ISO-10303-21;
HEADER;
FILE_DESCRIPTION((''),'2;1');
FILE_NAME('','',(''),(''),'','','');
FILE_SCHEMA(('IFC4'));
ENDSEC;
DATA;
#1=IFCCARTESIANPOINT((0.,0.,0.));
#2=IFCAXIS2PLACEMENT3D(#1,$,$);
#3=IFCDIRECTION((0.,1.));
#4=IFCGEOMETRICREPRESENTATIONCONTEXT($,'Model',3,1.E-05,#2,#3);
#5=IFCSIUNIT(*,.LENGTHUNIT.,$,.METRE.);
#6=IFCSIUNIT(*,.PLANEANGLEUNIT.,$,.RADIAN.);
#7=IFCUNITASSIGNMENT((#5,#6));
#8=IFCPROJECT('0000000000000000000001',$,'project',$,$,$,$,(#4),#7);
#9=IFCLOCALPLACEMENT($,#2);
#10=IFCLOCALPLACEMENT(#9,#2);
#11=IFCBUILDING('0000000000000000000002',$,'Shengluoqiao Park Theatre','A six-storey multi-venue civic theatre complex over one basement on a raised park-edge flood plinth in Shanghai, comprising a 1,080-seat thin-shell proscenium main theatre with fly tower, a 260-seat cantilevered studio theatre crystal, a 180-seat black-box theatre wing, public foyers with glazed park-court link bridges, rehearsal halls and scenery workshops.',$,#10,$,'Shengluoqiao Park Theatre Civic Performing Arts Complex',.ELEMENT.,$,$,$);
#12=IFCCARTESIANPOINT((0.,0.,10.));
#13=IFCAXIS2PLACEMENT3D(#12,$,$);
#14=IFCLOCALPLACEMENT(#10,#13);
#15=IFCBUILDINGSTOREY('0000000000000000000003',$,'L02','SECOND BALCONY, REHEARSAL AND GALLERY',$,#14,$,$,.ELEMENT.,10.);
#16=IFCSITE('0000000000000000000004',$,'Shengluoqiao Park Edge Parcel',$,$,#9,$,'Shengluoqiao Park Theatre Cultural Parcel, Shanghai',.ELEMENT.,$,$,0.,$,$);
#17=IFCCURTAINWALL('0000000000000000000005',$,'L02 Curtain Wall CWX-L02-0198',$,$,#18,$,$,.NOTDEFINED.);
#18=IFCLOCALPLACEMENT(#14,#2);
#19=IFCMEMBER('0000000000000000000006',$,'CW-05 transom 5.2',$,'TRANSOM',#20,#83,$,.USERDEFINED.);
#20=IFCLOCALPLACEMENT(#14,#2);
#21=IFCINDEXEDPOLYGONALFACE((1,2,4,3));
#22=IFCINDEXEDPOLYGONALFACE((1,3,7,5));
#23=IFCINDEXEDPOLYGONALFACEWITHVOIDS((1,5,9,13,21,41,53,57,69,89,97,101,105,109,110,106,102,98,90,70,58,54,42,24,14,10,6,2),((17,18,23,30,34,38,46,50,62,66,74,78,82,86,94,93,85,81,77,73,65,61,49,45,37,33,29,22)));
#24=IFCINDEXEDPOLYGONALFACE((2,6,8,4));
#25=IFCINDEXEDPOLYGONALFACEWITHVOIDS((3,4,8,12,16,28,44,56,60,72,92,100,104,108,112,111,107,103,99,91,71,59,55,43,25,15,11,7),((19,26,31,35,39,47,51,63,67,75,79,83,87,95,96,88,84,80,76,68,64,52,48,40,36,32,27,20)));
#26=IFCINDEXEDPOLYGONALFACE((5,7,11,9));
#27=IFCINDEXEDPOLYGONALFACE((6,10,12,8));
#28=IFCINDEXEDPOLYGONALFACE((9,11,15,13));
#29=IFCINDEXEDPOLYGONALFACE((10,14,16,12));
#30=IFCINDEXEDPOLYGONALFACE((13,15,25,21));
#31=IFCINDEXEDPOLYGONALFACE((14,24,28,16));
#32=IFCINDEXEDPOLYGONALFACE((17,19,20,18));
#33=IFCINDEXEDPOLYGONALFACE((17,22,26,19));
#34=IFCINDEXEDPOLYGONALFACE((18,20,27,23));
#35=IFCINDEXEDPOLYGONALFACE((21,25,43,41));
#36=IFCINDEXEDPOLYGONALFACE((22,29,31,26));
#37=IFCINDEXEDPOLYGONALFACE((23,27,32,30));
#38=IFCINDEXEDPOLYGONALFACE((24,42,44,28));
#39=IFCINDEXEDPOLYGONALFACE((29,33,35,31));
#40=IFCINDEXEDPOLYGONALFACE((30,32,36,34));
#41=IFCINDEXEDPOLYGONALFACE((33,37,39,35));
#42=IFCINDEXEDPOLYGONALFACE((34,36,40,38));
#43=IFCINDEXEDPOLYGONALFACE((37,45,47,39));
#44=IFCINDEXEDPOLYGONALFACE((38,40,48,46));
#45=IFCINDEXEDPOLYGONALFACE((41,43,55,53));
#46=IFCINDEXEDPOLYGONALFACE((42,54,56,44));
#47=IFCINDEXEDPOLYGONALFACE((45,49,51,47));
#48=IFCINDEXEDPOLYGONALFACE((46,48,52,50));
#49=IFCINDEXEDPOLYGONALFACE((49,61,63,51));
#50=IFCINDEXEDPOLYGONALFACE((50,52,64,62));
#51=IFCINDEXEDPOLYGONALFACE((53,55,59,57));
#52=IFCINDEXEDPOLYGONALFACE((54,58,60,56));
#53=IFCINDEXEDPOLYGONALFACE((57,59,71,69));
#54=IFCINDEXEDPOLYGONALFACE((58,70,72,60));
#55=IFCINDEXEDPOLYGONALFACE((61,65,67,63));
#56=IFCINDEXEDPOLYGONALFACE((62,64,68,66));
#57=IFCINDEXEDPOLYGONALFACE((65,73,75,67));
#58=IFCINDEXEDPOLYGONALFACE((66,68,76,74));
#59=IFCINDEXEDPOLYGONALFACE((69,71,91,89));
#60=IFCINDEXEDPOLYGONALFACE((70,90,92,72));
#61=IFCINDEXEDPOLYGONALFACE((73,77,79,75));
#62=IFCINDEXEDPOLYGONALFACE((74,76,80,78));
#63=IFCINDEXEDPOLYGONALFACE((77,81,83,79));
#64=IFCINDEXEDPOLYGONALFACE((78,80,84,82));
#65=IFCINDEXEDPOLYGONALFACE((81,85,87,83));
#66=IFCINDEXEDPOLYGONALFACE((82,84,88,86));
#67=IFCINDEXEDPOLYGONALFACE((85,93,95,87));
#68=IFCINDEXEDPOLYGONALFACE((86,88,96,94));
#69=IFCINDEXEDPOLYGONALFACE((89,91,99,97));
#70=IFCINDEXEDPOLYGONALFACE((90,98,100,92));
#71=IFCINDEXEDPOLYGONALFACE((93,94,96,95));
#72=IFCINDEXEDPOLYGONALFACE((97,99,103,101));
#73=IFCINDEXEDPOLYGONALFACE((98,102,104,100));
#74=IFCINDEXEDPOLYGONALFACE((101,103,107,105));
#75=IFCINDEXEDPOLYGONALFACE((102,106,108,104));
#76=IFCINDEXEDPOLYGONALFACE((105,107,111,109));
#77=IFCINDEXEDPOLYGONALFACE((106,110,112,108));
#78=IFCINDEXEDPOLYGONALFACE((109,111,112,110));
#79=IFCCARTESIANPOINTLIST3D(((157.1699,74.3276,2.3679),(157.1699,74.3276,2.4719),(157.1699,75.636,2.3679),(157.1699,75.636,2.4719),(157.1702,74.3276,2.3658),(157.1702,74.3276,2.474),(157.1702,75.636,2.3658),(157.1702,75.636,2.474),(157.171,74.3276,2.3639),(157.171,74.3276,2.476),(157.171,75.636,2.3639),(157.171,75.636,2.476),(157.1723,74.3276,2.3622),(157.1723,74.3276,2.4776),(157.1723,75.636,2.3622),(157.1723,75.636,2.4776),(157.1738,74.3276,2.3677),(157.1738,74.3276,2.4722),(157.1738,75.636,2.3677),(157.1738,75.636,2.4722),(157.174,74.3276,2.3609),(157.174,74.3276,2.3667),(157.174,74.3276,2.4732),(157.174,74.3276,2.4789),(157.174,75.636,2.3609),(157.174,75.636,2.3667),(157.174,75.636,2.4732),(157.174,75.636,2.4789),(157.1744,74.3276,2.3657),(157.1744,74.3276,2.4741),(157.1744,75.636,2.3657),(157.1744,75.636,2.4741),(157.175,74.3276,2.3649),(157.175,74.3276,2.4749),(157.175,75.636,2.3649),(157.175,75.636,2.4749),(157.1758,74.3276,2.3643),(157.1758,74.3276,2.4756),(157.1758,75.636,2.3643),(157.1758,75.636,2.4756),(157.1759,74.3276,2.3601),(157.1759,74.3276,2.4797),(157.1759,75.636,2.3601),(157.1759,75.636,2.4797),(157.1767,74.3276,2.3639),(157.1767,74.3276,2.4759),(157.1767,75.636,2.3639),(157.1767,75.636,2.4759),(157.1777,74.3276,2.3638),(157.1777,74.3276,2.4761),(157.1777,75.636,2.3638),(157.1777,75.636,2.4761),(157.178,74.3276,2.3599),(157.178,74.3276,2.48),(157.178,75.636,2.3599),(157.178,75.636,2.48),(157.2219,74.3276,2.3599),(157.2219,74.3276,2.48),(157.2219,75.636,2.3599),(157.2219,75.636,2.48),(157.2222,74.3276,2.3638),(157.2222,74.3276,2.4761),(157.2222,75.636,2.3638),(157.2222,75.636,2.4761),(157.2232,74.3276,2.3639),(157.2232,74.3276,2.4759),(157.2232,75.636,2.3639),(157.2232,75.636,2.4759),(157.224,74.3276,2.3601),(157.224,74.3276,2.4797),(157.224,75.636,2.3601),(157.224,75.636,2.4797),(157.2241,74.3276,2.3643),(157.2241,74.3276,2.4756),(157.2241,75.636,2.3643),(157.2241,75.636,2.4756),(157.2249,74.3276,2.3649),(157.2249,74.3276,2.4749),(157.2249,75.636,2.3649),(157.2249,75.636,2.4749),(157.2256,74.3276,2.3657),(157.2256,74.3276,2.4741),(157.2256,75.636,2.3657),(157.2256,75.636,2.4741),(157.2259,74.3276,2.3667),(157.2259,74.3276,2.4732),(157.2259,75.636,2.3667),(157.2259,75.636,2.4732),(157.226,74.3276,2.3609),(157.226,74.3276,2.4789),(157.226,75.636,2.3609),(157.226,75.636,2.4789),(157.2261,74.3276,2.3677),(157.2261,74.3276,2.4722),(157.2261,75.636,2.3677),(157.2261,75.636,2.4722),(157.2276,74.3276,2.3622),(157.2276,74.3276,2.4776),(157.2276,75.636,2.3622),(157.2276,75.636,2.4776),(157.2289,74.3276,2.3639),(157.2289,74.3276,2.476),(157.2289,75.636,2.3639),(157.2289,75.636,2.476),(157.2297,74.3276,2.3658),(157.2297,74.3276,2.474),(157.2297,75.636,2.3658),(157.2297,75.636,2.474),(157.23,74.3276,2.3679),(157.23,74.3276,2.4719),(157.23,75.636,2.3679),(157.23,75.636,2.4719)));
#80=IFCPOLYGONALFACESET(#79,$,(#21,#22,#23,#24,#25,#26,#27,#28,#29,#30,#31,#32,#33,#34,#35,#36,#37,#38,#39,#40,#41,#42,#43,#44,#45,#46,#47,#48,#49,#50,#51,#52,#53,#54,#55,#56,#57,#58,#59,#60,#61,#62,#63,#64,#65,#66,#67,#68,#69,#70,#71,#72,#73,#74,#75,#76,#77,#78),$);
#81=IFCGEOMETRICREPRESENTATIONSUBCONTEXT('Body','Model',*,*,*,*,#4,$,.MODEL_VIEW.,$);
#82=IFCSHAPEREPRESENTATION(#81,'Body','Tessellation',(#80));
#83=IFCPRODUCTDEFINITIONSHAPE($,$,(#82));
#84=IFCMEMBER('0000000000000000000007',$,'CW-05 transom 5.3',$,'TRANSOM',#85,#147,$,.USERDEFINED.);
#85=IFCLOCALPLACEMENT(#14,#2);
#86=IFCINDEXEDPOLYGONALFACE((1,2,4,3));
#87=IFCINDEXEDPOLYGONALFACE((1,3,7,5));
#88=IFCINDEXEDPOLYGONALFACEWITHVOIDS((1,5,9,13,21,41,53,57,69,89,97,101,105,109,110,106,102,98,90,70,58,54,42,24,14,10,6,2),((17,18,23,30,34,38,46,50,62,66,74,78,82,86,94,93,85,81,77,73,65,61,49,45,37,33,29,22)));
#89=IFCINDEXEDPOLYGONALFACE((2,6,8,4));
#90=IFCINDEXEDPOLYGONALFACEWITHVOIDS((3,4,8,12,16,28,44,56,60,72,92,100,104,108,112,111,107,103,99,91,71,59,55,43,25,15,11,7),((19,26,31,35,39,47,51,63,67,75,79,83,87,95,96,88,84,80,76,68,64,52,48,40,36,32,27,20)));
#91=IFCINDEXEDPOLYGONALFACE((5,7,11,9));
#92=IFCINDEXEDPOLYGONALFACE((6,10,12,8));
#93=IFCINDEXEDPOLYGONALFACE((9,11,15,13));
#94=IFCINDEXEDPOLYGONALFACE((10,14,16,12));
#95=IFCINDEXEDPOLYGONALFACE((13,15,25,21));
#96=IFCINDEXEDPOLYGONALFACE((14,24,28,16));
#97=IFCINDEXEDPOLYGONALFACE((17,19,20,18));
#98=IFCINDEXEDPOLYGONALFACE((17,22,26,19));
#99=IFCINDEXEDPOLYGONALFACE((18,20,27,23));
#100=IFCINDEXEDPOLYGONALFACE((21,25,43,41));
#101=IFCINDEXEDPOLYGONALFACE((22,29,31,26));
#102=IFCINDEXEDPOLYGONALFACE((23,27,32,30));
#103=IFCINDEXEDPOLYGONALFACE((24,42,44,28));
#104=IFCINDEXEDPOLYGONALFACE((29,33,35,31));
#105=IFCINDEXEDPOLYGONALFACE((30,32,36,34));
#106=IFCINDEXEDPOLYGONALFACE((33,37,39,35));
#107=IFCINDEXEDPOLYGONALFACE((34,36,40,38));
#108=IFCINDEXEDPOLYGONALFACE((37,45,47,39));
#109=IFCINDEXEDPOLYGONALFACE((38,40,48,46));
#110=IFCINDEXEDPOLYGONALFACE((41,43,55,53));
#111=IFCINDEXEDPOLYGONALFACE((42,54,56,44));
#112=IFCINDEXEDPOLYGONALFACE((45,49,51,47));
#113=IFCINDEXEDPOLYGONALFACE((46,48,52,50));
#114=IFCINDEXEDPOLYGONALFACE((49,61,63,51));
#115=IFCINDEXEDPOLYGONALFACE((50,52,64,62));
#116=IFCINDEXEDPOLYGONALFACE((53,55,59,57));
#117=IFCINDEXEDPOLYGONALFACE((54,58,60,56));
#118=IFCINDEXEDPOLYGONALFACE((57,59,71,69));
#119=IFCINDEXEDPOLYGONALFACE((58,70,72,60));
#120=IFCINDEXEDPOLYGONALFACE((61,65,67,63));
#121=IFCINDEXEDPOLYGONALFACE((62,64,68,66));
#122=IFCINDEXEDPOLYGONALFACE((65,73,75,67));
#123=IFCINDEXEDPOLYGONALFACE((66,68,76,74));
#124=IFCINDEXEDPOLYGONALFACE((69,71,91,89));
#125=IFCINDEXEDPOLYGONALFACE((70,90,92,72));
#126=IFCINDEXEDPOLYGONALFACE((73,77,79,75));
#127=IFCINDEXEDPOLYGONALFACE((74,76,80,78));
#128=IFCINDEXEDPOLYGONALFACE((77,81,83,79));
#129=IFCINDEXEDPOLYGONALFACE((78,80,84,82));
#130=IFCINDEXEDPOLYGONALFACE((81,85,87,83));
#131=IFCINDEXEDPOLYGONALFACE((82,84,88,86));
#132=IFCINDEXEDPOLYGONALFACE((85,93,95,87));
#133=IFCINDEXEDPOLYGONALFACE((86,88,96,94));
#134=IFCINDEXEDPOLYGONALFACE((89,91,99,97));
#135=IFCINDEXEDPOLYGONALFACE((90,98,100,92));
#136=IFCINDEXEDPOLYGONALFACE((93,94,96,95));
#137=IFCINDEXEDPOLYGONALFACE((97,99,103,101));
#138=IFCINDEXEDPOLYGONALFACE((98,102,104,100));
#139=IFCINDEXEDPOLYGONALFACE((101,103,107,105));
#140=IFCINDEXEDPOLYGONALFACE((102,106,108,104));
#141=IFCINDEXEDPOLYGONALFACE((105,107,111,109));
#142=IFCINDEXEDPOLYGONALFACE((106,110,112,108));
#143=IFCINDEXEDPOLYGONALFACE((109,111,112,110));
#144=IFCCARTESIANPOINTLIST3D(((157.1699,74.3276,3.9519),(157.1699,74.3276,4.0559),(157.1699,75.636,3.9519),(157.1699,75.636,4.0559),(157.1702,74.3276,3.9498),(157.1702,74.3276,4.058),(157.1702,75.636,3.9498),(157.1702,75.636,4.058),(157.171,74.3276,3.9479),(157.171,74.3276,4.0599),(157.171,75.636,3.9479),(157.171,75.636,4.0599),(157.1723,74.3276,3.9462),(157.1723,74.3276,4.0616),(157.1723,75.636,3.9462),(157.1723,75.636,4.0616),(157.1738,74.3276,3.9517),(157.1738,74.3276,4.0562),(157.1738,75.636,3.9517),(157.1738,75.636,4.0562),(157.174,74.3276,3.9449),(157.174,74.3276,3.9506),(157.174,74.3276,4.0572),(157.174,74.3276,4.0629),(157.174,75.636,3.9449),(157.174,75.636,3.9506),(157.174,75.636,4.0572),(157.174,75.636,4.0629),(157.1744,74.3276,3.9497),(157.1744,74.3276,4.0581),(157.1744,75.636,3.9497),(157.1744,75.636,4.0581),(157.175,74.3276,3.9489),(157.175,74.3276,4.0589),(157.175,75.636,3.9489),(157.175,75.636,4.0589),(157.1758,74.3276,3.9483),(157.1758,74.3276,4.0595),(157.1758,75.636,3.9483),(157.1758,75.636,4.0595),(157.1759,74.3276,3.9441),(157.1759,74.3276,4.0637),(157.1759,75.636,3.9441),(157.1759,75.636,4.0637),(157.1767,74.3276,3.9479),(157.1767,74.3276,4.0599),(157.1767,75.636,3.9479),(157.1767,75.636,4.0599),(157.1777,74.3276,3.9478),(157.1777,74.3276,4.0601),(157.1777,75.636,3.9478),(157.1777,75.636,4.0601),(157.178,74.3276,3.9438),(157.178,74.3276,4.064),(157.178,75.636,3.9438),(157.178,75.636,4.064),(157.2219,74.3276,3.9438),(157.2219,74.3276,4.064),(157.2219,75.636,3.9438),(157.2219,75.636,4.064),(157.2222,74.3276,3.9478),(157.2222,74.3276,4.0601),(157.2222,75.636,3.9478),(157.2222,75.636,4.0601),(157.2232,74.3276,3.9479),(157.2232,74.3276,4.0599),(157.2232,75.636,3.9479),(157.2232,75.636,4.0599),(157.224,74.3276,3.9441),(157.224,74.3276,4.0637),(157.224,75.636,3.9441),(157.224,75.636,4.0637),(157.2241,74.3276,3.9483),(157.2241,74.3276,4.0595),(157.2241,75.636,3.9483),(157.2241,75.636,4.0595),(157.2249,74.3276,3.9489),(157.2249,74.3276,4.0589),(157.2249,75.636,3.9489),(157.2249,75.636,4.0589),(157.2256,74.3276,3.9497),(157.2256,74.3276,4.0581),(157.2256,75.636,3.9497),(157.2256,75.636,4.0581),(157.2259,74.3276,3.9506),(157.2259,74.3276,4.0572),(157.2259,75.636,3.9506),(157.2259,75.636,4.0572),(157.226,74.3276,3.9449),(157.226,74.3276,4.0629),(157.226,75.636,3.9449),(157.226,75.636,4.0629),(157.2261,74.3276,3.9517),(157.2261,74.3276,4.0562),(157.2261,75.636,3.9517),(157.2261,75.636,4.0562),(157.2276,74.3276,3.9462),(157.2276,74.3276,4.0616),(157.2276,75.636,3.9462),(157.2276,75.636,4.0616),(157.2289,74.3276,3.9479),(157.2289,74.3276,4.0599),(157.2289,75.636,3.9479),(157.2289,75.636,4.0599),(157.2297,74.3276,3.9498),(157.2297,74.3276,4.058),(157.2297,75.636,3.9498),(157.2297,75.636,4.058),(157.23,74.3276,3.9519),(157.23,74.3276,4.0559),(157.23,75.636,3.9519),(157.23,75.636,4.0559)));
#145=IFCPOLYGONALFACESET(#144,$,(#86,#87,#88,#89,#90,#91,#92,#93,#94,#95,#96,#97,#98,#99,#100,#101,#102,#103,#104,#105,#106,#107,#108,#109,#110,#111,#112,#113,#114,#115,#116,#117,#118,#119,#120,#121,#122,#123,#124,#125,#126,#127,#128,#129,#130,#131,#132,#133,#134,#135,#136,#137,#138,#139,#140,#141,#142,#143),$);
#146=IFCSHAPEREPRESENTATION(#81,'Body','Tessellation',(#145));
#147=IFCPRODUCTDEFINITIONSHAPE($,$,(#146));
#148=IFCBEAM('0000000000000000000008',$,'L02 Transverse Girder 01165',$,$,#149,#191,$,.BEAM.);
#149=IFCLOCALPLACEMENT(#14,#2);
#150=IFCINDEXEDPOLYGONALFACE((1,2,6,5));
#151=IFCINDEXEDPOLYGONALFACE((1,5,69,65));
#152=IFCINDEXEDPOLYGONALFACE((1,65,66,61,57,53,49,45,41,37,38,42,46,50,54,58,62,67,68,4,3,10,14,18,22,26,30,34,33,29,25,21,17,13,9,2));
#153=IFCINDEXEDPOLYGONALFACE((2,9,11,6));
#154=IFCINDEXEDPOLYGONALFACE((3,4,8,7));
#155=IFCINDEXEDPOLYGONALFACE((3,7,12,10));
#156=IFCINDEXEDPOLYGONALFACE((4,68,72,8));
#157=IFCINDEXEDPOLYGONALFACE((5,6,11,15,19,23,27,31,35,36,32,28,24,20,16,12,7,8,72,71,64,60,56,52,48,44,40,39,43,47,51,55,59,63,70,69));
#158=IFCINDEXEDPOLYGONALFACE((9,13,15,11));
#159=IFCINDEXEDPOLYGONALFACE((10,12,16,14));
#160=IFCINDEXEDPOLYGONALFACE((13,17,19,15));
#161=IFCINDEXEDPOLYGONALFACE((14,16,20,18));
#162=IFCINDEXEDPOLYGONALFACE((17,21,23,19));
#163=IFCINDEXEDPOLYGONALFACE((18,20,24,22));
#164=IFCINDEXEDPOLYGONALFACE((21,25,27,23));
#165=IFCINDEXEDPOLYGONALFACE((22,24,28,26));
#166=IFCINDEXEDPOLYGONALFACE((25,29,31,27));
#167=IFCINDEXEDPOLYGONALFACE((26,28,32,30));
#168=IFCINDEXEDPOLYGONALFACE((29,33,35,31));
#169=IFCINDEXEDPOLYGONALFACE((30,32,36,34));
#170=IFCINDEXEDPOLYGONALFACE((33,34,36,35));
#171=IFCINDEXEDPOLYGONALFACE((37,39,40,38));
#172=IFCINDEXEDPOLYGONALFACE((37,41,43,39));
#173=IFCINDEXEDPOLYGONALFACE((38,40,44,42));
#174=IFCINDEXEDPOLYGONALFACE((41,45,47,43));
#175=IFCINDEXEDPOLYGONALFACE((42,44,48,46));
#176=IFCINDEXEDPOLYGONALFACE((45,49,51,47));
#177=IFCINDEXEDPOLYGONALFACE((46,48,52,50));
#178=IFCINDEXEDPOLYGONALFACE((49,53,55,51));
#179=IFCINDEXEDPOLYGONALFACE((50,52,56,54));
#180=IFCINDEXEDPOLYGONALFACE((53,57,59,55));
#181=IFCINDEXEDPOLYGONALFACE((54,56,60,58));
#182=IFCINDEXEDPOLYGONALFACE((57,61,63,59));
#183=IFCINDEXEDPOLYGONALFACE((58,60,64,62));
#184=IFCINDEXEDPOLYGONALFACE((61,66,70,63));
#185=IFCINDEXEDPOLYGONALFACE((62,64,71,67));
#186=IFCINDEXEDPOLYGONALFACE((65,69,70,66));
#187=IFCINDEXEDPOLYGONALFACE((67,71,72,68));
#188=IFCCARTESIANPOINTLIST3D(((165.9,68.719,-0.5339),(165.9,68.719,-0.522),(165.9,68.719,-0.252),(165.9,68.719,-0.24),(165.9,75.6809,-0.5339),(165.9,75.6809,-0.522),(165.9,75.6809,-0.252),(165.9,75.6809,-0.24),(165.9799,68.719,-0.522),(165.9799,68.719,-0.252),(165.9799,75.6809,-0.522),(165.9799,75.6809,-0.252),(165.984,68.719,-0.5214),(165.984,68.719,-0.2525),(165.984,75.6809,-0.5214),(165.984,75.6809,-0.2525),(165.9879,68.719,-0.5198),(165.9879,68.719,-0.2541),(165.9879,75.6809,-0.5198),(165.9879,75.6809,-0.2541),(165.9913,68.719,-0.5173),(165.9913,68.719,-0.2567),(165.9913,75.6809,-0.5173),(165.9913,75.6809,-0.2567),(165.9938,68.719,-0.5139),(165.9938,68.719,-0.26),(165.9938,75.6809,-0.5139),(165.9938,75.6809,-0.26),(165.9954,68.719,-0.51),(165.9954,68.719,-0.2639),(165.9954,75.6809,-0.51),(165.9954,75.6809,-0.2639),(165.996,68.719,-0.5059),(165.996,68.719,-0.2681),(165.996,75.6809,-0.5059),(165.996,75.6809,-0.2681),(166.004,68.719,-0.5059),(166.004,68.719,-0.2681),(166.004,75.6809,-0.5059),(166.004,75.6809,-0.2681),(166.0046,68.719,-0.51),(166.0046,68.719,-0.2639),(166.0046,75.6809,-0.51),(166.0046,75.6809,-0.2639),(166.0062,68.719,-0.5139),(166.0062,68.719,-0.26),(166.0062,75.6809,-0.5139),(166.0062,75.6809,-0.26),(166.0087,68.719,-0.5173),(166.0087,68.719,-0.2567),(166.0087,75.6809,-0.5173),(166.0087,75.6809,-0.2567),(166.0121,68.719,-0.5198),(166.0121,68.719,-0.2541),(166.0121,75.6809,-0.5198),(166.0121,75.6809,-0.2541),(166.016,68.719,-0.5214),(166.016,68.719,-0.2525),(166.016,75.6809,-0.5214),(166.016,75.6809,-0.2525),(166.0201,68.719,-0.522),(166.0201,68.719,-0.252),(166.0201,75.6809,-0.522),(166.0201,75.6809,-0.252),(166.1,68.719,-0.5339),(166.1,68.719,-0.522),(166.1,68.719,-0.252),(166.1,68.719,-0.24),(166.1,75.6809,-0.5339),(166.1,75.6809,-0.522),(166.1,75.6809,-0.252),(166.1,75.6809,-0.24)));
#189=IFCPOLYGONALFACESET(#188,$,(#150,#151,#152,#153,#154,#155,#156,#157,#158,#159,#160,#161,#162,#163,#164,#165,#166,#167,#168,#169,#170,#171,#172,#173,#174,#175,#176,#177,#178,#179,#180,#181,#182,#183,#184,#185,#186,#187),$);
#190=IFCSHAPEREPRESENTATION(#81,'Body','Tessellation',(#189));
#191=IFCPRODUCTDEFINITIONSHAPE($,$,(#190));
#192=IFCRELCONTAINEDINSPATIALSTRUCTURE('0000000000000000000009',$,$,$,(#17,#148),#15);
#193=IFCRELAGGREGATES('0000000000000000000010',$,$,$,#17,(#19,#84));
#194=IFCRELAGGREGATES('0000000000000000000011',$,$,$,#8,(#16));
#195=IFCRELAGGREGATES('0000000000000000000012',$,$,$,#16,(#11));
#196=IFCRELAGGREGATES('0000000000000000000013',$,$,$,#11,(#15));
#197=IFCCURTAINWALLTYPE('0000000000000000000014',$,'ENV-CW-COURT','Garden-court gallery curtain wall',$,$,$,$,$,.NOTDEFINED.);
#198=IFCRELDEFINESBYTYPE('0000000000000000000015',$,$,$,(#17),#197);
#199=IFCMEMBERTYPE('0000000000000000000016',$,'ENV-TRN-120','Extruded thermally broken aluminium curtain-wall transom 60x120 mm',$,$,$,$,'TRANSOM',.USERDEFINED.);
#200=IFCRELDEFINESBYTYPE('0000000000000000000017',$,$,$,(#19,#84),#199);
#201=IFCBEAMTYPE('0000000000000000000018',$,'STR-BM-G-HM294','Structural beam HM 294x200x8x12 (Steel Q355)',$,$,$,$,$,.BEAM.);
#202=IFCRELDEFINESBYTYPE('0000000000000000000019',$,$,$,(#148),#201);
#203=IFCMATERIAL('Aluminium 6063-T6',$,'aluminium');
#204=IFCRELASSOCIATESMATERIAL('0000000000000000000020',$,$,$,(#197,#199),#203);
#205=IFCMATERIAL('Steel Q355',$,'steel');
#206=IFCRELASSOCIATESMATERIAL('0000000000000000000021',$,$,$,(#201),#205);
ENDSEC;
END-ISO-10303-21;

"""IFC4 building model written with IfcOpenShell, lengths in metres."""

from ifc_helpers import new_model, si_unit, direction, frame, origin, origin_2d, place, context, subcontext, project, spatial, hollow_rectangle, i_section, extrude, material, material_profile, profile_set, type_object, element, aggregate, save


model = new_model("IFC4")

# Units and contexts
model_context = context("Model", 3, precision=1e-05, world=origin(), true_north=direction((0.0, 1.0)))
body_context = subcontext(model_context, "Body", "Model", "MODEL_VIEW")
ifc_project = project(units=[si_unit("LENGTHUNIT", "METRE"), si_unit("PLANEANGLEUNIT", "RADIAN")], contexts=[model_context])

# Site, building, storey
site_placement = place(None, origin())
site = spatial("IfcSite", under=ifc_project, at=site_placement, Name="Shengluoqiao Park Edge Parcel", LongName="Shengluoqiao Park Theatre Cultural Parcel, Shanghai", CompositionType="ELEMENT", RefElevation=0.0)
building_placement = place(site_placement, origin())
building = spatial("IfcBuilding", under=site, at=building_placement, Name="Shengluoqiao Park Theatre", Description="A six-storey multi-venue civic theatre complex over one basement on a raised park-edge flood plinth in Shanghai, comprising a 1,080-seat thin-shell proscenium main theatre with fly tower, a 260-seat cantilevered studio theatre crystal, a 180-seat black-box theatre wing, public foyers with glazed park-court link bridges, rehearsal halls and scenery workshops.", LongName="Shengluoqiao Park Theatre Civic Performing Arts Complex", CompositionType="ELEMENT")
storey_placement = place(building_placement, frame((0.0, 0.0, 10.0)))
storey = spatial("IfcBuildingStorey", under=building, at=storey_placement, Name="L02", Description="SECOND BALCONY, REHEARSAL AND GALLERY", CompositionType="ELEMENT", Elevation=10.0)

# Curtain wall, members
ifc_material_1 = material(Name="Aluminium 6063-T6", Category="aluminium")
curtain_wall_type = type_object("IfcCurtainWallType", Name="ENV-CW-COURT", Description="Garden-court gallery curtain wall", PredefinedType="NOTDEFINED", material=ifc_material_1)
curtain_wall_placement = place(storey_placement, origin())
curtain_wall = element("IfcCurtainWall", 1, at=curtain_wall_placement, inside=storey, type_object=curtain_wall_type, Name="L02 Curtain Wall CWX-L02-0198", PredefinedType="NOTDEFINED")
ifc_material_profile_1 = material_profile(ifc_material_1, hollow_rectangle(XDim=0.0601, YDim=0.1201, WallThickness=0.0039, InnerFilletRadius=0.0039, OuterFilletRadius=0.0081, at=origin_2d()), Name="ALU TRANSOM 120x60x4")
ifc_profile_set_1 = profile_set([ifc_material_profile_1], Name="Aluminium 6063-T6")
member_type_1 = type_object("IfcMemberType", Name="ENV-TRN-120", Description="Extruded thermally broken aluminium curtain-wall transom 60x120 mm", ElementType="TRANSOM", PredefinedType="USERDEFINED", material=ifc_profile_set_1)
member_1_placement = place(storey_placement, frame((157.2, 74.3276, 2.4199), z_axis=(0.0, 1.0, 0.0), x_axis=(-1.0, 0.0, 0.0)))
member_1 = element("IfcMember", 2, at=member_1_placement, type_object=member_type_1, Name="CW-05 transom 5.2", ObjectType="TRANSOM", PredefinedType="USERDEFINED", context=body_context, shape_type="SweptSolid", body=[
    extrude(hollow_rectangle(XDim=0.0601, YDim=0.1201, WallThickness=0.0039, InnerFilletRadius=0.0039, OuterFilletRadius=0.0081, at=origin_2d()), origin(), (0.0, 0.0, 1.0), 1.3083),
])
member_2_placement = place(storey_placement, frame((157.2, 74.3276, 4.0039), z_axis=(0.0, 1.0, 0.0), x_axis=(-1.0, 0.0, 0.0)))
member_2 = element("IfcMember", 3, at=member_2_placement, type_object=member_type_1, Name="CW-05 transom 5.3", ObjectType="TRANSOM", PredefinedType="USERDEFINED", context=body_context, shape_type="SweptSolid", body=[
    extrude(hollow_rectangle(XDim=0.0601, YDim=0.1201, WallThickness=0.0039, InnerFilletRadius=0.0039, OuterFilletRadius=0.0081, at=origin_2d()), origin(), (0.0, 0.0, 1.0), 1.3083),
])

# Beam
ifc_material_2 = material(Name="Steel Q355", Category="steel")
ifc_material_profile_2 = material_profile(ifc_material_2, i_section(OverallWidth=0.2, OverallDepth=0.2939, WebThickness=0.0081, FlangeThickness=0.012, FilletRadius=0.0161, at=origin_2d()), Name="HM 294x200x8x12")
ifc_profile_set_2 = profile_set([ifc_material_profile_2], Name="Steel Q355")
beam_type_1 = type_object("IfcBeamType", Name="STR-BM-G-HM294", Description="Structural beam HM 294x200x8x12 (Steel Q355)", PredefinedType="BEAM", material=ifc_profile_set_2)
beam_1_placement = place(storey_placement, frame((166.0, 68.719, -0.387), z_axis=(0.0, 1.0, 0.0), x_axis=(-1.0, 0.0, 0.0)))
element("IfcBeam", 4, at=beam_1_placement, inside=storey, type_object=beam_type_1, Name="L02 Transverse Girder 01165", PredefinedType="BEAM", context=body_context, shape_type="SweptSolid", body=[
    extrude(i_section(OverallWidth=0.2, OverallDepth=0.2939, WebThickness=0.0081, FlangeThickness=0.012, FilletRadius=0.0161, at=origin_2d()), origin(), (0.0, 0.0, 1.0), 6.9619),
])

aggregate(curtain_wall, [member_1, member_2])

save(model, "model.ifc")
